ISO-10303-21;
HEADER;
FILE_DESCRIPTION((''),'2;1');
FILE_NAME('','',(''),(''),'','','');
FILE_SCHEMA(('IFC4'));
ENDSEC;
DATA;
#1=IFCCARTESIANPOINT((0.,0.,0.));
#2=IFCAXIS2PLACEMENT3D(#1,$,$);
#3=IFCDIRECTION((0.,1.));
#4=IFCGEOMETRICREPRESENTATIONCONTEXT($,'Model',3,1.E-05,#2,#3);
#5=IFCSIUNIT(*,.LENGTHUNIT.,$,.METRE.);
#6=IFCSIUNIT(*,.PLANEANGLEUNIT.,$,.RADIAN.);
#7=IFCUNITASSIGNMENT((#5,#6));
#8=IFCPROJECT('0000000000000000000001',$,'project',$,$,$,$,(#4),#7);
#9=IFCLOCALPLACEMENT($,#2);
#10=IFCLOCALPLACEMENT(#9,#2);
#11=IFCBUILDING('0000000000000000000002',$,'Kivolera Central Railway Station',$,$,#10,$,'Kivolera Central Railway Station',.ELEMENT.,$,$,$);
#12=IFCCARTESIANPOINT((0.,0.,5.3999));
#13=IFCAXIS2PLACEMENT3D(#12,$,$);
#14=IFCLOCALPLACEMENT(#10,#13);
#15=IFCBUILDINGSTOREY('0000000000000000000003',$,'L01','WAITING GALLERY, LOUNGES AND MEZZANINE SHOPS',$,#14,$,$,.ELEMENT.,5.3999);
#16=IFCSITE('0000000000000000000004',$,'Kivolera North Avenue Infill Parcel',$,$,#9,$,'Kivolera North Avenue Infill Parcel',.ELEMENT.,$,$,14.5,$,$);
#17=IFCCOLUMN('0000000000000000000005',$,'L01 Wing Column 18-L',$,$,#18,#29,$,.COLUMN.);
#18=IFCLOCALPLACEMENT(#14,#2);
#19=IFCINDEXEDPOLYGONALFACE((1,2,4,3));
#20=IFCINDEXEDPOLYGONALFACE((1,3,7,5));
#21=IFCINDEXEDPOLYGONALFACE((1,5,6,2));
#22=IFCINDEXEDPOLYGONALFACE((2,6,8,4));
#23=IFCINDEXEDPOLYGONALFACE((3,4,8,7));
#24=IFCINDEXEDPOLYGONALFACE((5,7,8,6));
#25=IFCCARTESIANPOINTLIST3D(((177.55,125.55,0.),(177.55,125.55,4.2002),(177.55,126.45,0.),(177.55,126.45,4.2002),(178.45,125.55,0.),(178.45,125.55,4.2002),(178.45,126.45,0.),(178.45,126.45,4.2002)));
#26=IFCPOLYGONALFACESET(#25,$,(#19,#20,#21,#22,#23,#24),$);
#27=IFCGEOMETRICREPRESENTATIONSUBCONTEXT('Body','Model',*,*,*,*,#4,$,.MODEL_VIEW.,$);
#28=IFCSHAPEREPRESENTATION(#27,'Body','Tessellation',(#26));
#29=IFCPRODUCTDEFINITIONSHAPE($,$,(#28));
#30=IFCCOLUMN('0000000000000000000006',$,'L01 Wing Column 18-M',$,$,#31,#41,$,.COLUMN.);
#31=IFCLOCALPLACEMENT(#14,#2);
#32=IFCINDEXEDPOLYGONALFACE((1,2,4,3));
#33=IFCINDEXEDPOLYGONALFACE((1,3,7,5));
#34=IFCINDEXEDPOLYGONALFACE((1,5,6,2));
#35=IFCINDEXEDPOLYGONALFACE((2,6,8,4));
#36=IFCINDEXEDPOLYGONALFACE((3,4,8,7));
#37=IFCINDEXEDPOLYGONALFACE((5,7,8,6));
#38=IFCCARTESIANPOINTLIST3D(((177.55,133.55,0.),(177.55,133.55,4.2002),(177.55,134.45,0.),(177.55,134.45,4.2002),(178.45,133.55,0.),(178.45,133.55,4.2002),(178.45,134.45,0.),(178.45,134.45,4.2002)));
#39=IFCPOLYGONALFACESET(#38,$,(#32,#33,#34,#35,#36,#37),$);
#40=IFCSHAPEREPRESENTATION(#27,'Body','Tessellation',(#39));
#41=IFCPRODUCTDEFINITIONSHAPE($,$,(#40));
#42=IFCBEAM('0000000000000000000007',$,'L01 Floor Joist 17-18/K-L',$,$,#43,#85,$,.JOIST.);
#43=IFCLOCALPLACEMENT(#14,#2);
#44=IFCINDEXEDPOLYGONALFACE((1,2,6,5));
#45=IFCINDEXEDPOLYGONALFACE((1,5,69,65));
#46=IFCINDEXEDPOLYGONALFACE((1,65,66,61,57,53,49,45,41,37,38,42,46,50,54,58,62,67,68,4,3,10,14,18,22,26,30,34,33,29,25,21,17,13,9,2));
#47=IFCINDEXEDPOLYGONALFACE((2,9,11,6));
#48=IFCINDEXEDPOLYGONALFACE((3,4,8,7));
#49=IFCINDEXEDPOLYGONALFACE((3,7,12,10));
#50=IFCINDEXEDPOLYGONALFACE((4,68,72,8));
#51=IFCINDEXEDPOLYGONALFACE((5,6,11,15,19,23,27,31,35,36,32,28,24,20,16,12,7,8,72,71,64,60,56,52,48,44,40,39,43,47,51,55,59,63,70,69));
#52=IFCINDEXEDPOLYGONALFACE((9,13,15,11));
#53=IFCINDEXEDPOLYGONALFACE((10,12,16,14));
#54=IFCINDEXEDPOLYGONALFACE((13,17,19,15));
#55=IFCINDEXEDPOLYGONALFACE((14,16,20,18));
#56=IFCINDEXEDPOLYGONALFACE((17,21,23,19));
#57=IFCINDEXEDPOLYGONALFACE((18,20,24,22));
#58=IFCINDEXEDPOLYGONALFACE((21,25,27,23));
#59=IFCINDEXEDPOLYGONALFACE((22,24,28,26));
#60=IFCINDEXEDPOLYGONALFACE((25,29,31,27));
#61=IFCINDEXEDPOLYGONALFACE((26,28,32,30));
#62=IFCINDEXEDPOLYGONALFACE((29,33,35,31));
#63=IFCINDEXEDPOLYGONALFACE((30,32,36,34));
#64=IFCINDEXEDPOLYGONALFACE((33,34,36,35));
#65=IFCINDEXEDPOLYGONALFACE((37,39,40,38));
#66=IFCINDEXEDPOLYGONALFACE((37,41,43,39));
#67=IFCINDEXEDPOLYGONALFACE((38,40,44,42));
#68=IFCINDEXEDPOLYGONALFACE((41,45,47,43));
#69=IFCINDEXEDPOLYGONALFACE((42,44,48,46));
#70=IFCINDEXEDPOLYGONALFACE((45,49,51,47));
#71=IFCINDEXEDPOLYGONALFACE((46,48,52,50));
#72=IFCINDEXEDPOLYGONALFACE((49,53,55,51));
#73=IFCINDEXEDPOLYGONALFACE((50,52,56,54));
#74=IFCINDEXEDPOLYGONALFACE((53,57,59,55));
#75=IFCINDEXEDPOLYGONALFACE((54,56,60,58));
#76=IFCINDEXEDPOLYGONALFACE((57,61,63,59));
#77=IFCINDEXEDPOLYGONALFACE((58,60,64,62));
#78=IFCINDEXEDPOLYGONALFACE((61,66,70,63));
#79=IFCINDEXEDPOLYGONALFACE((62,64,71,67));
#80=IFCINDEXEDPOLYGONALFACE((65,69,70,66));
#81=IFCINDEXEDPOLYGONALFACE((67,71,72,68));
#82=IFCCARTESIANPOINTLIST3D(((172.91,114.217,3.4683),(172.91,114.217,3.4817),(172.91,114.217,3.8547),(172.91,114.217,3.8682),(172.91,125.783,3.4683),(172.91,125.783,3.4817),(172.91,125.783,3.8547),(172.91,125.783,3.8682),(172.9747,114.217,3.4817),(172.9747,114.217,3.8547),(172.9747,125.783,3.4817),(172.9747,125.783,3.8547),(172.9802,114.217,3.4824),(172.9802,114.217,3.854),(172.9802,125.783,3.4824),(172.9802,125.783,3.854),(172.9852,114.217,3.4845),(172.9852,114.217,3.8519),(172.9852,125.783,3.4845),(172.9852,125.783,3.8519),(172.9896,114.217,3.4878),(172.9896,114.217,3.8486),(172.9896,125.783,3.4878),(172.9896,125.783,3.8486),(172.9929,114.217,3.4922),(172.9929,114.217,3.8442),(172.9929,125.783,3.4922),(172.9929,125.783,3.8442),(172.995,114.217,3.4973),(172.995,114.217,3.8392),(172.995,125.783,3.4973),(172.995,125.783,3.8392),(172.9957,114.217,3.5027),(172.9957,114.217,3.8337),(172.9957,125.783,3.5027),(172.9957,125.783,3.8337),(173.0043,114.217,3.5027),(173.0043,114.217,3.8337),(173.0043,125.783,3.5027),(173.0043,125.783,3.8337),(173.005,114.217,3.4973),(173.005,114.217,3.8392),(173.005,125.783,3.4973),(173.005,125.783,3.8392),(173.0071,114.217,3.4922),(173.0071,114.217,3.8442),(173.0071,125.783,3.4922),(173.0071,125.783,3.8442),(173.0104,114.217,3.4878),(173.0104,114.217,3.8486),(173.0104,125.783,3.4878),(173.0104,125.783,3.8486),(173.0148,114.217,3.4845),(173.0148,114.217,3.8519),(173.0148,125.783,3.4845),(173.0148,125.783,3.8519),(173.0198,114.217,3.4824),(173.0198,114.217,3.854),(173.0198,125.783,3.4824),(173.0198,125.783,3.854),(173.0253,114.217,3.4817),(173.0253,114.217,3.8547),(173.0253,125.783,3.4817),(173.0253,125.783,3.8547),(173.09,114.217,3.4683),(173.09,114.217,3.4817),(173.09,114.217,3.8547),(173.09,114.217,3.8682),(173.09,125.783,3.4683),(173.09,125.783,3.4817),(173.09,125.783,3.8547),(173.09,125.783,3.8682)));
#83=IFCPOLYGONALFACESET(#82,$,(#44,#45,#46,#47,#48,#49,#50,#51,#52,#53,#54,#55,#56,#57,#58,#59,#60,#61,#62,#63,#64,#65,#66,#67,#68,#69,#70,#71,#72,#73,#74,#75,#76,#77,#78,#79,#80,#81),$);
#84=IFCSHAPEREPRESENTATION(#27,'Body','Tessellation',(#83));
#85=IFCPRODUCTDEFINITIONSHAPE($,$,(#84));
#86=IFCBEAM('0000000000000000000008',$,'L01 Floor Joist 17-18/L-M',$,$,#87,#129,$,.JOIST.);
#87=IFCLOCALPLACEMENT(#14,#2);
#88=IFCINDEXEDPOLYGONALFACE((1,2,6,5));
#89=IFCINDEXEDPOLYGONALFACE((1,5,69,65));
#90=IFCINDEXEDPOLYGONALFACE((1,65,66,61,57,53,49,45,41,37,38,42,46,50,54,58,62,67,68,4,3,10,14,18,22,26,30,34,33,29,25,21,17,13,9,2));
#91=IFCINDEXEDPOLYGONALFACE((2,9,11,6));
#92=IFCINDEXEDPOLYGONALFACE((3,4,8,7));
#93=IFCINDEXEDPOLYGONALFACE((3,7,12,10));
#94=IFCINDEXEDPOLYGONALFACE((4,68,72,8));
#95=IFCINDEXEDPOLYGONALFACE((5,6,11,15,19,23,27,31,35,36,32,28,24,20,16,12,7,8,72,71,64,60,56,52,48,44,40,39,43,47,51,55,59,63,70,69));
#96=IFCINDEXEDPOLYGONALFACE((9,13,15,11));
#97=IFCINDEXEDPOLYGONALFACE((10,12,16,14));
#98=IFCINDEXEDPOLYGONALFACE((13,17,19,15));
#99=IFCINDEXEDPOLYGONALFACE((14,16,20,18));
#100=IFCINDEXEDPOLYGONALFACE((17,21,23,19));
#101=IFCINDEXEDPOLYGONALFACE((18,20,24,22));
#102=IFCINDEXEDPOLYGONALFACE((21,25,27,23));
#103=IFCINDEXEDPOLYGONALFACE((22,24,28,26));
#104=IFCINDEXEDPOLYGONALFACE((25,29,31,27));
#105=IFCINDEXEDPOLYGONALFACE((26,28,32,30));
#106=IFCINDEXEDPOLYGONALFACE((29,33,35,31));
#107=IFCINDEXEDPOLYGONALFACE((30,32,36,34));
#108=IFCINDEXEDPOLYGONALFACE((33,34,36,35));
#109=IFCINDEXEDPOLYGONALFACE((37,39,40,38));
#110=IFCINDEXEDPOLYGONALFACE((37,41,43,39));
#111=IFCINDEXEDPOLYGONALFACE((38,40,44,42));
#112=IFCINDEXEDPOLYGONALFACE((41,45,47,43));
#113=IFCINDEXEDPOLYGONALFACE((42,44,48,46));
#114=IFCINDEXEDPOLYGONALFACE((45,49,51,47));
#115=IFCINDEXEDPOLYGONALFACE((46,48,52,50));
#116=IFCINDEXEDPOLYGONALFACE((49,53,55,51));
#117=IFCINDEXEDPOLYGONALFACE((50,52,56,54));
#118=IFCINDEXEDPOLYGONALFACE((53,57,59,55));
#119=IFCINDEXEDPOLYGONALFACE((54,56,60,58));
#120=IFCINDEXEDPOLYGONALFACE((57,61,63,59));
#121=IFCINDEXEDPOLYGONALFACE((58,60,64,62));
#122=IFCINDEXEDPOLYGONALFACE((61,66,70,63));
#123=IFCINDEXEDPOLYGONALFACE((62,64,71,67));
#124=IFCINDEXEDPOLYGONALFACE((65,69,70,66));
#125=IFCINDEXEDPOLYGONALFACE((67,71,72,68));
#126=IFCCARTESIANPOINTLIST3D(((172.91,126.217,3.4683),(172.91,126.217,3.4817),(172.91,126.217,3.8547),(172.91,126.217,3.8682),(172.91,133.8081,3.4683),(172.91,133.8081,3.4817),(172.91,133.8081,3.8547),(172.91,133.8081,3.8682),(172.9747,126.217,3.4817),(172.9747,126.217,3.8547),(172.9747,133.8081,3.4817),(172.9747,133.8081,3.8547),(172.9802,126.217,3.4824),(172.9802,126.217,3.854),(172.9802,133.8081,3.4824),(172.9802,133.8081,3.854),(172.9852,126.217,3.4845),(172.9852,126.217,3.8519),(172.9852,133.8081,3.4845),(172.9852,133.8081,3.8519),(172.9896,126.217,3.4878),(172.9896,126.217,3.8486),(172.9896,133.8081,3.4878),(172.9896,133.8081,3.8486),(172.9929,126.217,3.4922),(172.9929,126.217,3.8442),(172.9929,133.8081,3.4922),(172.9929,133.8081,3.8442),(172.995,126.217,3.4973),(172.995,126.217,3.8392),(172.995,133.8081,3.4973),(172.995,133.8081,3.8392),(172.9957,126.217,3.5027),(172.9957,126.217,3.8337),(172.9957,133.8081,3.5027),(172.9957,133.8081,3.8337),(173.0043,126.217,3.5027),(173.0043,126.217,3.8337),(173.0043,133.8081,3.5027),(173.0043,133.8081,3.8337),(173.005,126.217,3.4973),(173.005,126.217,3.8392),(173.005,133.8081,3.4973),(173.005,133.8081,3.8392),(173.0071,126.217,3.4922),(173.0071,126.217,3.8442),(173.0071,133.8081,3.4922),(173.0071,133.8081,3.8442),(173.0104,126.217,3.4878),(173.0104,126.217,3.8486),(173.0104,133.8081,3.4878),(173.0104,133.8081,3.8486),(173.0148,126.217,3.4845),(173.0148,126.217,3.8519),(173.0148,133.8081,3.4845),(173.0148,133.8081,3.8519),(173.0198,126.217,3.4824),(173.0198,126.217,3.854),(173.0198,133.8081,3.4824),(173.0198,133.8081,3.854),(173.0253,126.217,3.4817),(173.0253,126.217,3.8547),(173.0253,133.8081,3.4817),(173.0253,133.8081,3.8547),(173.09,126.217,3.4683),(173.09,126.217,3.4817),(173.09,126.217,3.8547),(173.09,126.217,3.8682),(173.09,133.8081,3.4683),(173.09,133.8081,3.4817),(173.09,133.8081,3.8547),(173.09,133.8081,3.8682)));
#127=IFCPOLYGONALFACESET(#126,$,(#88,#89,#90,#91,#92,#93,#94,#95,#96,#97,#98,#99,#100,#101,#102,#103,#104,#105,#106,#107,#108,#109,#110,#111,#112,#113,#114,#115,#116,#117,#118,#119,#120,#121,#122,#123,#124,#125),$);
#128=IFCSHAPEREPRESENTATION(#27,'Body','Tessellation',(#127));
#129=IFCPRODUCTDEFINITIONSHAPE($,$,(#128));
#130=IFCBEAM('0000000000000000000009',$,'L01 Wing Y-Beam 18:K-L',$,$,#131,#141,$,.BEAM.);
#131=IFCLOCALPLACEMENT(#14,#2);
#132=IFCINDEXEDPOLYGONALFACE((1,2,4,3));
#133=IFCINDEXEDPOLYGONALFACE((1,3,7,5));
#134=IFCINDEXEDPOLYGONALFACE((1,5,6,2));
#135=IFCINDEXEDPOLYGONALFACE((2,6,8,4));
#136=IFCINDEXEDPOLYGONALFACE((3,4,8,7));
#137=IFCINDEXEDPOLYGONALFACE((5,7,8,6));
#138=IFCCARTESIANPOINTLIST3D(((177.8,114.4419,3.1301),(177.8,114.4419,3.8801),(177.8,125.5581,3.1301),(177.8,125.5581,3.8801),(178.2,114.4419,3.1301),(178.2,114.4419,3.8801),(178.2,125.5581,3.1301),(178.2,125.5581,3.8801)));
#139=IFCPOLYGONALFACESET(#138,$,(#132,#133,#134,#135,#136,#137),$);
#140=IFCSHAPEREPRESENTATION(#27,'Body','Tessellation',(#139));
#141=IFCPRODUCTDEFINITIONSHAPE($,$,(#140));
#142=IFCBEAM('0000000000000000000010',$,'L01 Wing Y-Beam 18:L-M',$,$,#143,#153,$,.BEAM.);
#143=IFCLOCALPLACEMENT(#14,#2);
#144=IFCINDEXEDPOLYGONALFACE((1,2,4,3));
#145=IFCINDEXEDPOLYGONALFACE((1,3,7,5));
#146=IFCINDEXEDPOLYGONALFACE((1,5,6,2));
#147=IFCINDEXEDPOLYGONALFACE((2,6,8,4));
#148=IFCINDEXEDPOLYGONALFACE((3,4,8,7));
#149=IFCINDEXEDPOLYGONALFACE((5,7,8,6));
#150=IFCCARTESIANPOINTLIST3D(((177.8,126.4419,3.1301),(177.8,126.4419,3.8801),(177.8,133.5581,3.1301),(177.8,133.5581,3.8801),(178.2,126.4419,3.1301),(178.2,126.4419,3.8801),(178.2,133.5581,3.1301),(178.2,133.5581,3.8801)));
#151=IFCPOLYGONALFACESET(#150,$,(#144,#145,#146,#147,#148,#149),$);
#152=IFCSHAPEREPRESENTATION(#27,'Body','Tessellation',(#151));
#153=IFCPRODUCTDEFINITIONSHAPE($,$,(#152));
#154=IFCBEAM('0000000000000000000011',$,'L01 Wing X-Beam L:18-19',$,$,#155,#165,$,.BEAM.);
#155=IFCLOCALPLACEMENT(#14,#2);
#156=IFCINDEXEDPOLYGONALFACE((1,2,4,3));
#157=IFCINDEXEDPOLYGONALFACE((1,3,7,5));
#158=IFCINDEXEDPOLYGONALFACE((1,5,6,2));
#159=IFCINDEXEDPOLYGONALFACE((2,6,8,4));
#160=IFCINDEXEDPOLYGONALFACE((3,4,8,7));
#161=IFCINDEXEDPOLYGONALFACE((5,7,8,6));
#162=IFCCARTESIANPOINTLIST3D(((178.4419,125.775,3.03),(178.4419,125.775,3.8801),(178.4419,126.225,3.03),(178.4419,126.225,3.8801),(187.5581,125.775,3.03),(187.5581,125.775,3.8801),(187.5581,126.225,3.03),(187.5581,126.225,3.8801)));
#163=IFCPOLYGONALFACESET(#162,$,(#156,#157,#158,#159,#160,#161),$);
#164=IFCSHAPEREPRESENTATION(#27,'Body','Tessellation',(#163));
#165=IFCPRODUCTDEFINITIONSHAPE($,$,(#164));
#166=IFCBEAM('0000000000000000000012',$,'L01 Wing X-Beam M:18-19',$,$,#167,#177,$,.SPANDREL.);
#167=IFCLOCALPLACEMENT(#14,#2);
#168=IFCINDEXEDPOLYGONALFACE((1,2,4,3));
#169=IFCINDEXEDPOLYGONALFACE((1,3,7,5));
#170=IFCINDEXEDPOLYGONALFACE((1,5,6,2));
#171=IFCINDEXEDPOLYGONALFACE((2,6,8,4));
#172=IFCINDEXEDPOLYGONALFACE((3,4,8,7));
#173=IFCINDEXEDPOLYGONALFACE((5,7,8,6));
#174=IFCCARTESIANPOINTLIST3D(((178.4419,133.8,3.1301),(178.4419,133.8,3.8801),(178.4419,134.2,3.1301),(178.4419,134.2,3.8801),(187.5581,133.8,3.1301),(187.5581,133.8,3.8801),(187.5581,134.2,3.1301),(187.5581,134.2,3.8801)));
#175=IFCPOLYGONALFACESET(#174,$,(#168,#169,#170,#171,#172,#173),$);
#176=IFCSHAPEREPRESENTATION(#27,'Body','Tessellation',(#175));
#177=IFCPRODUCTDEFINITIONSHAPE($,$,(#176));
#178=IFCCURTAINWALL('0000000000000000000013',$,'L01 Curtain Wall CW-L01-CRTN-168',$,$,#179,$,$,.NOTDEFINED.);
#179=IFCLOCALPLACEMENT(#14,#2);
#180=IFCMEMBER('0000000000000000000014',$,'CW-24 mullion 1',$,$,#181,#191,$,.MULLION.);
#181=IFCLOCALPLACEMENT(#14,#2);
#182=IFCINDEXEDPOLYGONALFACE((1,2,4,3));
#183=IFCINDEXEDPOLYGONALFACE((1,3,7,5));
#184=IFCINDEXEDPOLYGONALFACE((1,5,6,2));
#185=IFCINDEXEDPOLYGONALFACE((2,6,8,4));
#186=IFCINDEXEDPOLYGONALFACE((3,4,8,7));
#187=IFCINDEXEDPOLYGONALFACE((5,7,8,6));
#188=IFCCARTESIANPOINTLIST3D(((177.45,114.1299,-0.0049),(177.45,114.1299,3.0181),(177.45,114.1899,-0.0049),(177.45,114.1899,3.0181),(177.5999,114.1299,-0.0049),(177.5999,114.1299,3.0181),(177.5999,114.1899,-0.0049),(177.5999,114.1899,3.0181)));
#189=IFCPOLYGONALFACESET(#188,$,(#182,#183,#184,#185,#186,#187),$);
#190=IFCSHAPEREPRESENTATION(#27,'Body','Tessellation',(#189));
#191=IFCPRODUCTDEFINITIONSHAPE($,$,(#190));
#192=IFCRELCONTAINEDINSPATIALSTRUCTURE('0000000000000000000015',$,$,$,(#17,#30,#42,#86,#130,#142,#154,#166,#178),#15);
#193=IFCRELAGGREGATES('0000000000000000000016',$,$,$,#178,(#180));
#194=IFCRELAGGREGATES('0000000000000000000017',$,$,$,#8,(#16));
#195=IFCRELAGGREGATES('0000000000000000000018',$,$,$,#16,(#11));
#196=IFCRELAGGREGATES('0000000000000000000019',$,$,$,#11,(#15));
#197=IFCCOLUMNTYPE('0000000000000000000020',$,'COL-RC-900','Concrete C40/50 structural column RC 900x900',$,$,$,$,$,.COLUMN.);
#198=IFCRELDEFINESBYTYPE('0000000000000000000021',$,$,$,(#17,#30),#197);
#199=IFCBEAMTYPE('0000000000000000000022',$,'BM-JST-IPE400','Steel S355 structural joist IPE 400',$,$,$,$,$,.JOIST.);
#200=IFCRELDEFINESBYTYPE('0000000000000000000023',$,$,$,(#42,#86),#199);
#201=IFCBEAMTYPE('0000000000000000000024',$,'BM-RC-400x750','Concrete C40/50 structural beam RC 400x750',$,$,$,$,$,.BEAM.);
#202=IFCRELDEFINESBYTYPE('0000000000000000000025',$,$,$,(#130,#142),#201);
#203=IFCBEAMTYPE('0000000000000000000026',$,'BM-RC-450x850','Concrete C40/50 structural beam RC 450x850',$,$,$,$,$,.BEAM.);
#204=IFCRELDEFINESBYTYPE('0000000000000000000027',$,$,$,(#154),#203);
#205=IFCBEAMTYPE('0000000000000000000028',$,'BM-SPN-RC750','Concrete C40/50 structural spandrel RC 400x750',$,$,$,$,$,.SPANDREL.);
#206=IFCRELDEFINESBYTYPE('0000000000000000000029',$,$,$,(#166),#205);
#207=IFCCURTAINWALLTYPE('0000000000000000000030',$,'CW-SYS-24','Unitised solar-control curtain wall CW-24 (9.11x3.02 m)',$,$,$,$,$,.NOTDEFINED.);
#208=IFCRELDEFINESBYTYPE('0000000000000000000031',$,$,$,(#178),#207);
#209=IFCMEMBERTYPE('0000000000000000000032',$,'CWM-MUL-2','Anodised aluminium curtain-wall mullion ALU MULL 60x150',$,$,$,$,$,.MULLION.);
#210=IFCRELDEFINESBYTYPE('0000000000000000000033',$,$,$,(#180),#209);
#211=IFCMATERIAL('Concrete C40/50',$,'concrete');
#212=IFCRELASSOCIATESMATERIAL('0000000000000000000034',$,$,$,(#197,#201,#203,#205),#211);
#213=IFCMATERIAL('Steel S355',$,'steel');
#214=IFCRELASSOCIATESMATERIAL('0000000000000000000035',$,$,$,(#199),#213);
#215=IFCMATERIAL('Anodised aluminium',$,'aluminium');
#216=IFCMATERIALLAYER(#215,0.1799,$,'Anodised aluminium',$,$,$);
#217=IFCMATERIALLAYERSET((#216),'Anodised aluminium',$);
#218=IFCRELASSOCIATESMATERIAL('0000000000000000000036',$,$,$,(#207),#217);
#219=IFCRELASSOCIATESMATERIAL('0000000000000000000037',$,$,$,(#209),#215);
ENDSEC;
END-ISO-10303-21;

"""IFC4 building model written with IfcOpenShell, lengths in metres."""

from ifc_helpers import new_model, si_unit, direction, frame, origin, origin_2d, place, context, subcontext, project, spatial, rectangle, i_section, extrude, material, layer, layer_set, material_profile, profile_set, type_object, element, aggregate, save


model = new_model("IFC4")

# Units and contexts
model_context = context("Model", 3, precision=1e-05, world=origin(), true_north=direction((0.0, 1.0)))
body_context = subcontext(model_context, "Body", "Model", "MODEL_VIEW")
ifc_project = project(units=[si_unit("LENGTHUNIT", "METRE"), si_unit("PLANEANGLEUNIT", "RADIAN")], contexts=[model_context])

# Site, building, storey
site_placement = place(None, origin())
site = spatial("IfcSite", under=ifc_project, at=site_placement, Name="Kivolera North Avenue Infill Parcel", LongName="Kivolera North Avenue Infill Parcel", CompositionType="ELEMENT", RefElevation=14.5)
building_placement = place(site_placement, origin())
building = spatial("IfcBuilding", under=site, at=building_placement, Name="Kivolera Central Railway Station", LongName="Kivolera Central Railway Station", CompositionType="ELEMENT")
storey_placement = place(building_placement, frame((0.0, 0.0, 5.3999)))
storey = spatial("IfcBuildingStorey", under=building, at=storey_placement, Name="L01", Description="WAITING GALLERY, LOUNGES AND MEZZANINE SHOPS", CompositionType="ELEMENT", Elevation=5.3999)

# Columns
ifc_material_1 = material(Name="Concrete C40/50", Category="concrete")
ifc_material_profile_1 = material_profile(ifc_material_1, rectangle(XDim=0.8999, YDim=0.8999, at=origin_2d()), Name="RC 900x900")
ifc_profile_set_1 = profile_set([ifc_material_profile_1], Name="Concrete C40/50")
column_type = type_object("IfcColumnType", Name="COL-RC-900", Description="Concrete C40/50 structural column RC 900x900", PredefinedType="COLUMN", material=ifc_profile_set_1)
for number, where, z_axis, x_axis, name in (
    (1, (178.0, 126.0, 0.0), (0.0, 0.0, 1.0), (1.0, 0.0, 0.0), "L01 Wing Column 18-L"),
    (2, (178.0, 134.0, 0.0), (0.0, 0.0, 1.0), (1.0, 0.0, 0.0), "L01 Wing Column 18-M"),
):
    element("IfcColumn", number, at=place(storey_placement, frame(where, z_axis=z_axis, x_axis=x_axis)), inside=storey, type_object=column_type, Name=name, PredefinedType="COLUMN", context=body_context, shape_type="SweptSolid", body=[
        extrude(rectangle(XDim=0.8999, YDim=0.8999, at=origin_2d()), origin(), (0.0, 0.0, 1.0), 4.2002),
    ])

# Beams
ifc_material_2 = material(Name="Steel S355", Category="steel")
ifc_material_profile_2 = material_profile(ifc_material_2, i_section(OverallWidth=0.1799, OverallDepth=0.3999, WebThickness=0.0085, FlangeThickness=0.0134, FilletRadius=0.021, at=origin_2d()), Name="IPE 400")
ifc_profile_set_2 = profile_set([ifc_material_profile_2], Name="Steel S355")
beam_type_1 = type_object("IfcBeamType", Name="BM-JST-IPE400", Description="Steel S355 structural joist IPE 400", PredefinedType="JOIST", material=ifc_profile_set_2)
beam_1_placement = place(storey_placement, frame((173.0, 114.217, 3.6682), z_axis=(0.0, 1.0, 0.0), x_axis=(-1.0, 0.0, 0.0)))
element("IfcBeam", 3, at=beam_1_placement, inside=storey, type_object=beam_type_1, Name="L01 Floor Joist 17-18/K-L", PredefinedType="JOIST", context=body_context, shape_type="SweptSolid", body=[
    extrude(i_section(OverallWidth=0.1799, OverallDepth=0.3999, WebThickness=0.0085, FlangeThickness=0.0134, FilletRadius=0.021, at=origin_2d()), origin(), (0.0, 0.0, 1.0), 11.5659),
])
beam_2_placement = place(storey_placement, frame((173.0, 126.217, 3.6682), z_axis=(0.0, 1.0, 0.0), x_axis=(-1.0, 0.0, 0.0)))
element("IfcBeam", 4, at=beam_2_placement, inside=storey, type_object=beam_type_1, Name="L01 Floor Joist 17-18/L-M", PredefinedType="JOIST", context=body_context, shape_type="SweptSolid", body=[
    extrude(i_section(OverallWidth=0.1799, OverallDepth=0.3999, WebThickness=0.0085, FlangeThickness=0.0134, FilletRadius=0.021, at=origin_2d()), origin(), (0.0, 0.0, 1.0), 7.5911),
])
ifc_material_profile_3 = material_profile(ifc_material_1, rectangle(XDim=0.3999, YDim=0.75, at=origin_2d()), Name="RC 400x750")
ifc_profile_set_3 = profile_set([ifc_material_profile_3], Name="Concrete C40/50")
beam_type_2 = type_object("IfcBeamType", Name="BM-RC-400x750", Description="Concrete C40/50 structural beam RC 400x750", PredefinedType="BEAM", material=ifc_profile_set_3)
beam_3_placement = place(storey_placement, frame((178.0, 114.4419, 3.5051), z_axis=(0.0, 1.0, 0.0), x_axis=(-1.0, 0.0, 0.0)))
element("IfcBeam", 5, at=beam_3_placement, inside=storey, type_object=beam_type_2, Name="L01 Wing Y-Beam 18:K-L", PredefinedType="BEAM", context=body_context, shape_type="SweptSolid", body=[
    extrude(rectangle(XDim=0.3999, YDim=0.75, at=origin_2d()), origin(), (0.0, 0.0, 1.0), 11.1162),
])
beam_4_placement = place(storey_placement, frame((178.0, 126.4419, 3.5051), z_axis=(0.0, 1.0, 0.0), x_axis=(-1.0, 0.0, 0.0)))
element("IfcBeam", 6, at=beam_4_placement, inside=storey, type_object=beam_type_2, Name="L01 Wing Y-Beam 18:L-M", PredefinedType="BEAM", context=body_context, shape_type="SweptSolid", body=[
    extrude(rectangle(XDim=0.3999, YDim=0.75, at=origin_2d()), origin(), (0.0, 0.0, 1.0), 7.1162),
])
ifc_material_profile_4 = material_profile(ifc_material_1, rectangle(XDim=0.45, YDim=0.8501, at=origin_2d()), Name="RC 450x850")
ifc_profile_set_4 = profile_set([ifc_material_profile_4], Name="Concrete C40/50")
beam_type_3 = type_object("IfcBeamType", Name="BM-RC-450x850", Description="Concrete C40/50 structural beam RC 450x850", PredefinedType="BEAM", material=ifc_profile_set_4)
beam_5_placement = place(storey_placement, frame((178.4419, 126.0, 3.4551), z_axis=(1.0, 0.0, 0.0), x_axis=(0.0, 1.0, 0.0)))
element("IfcBeam", 7, at=beam_5_placement, inside=storey, type_object=beam_type_3, Name="L01 Wing X-Beam L:18-19", PredefinedType="BEAM", context=body_context, shape_type="SweptSolid", body=[
    extrude(rectangle(XDim=0.45, YDim=0.8501, at=origin_2d()), origin(), (0.0, 0.0, 1.0), 9.1162),
])
ifc_material_profile_5 = material_profile(ifc_material_1, rectangle(XDim=0.3999, YDim=0.75, at=origin_2d()), Name="RC 400x750")
ifc_profile_set_5 = profile_set([ifc_material_profile_5], Name="Concrete C40/50")
beam_type_4 = type_object("IfcBeamType", Name="BM-SPN-RC750", Description="Concrete C40/50 structural spandrel RC 400x750", PredefinedType="SPANDREL", material=ifc_profile_set_5)
beam_6_placement = place(storey_placement, frame((178.4419, 134.0, 3.5051), z_axis=(1.0, 0.0, 0.0), x_axis=(0.0, 1.0, 0.0)))
element("IfcBeam", 8, at=beam_6_placement, inside=storey, type_object=beam_type_4, Name="L01 Wing X-Beam M:18-19", PredefinedType="SPANDREL", context=body_context, shape_type="SweptSolid", body=[
    extrude(rectangle(XDim=0.3999, YDim=0.75, at=origin_2d()), origin(), (0.0, 0.0, 1.0), 9.1162),
])

# Curtain wall, member
ifc_material_3 = material(Name="Anodised aluminium", Category="aluminium")
ifc_layer_1 = layer(ifc_material_3, 0.1799, Name="Anodised aluminium")
ifc_layer_set_1 = layer_set([ifc_layer_1], Name="Anodised aluminium")
curtain_wall_type = type_object("IfcCurtainWallType", Name="CW-SYS-24", Description="Unitised solar-control curtain wall CW-24 (9.11x3.02 m)", PredefinedType="NOTDEFINED", material=ifc_layer_set_1)
curtain_wall_placement = place(storey_placement, origin())
curtain_wall = element("IfcCurtainWall", 9, at=curtain_wall_placement, inside=storey, type_object=curtain_wall_type, Name="L01 Curtain Wall CW-L01-CRTN-168", PredefinedType="NOTDEFINED")
ifc_material_profile_6 = material_profile(ifc_material_3, rectangle(XDim=0.0601, YDim=0.1499, at=origin_2d()), Name="ALU MULL 60x150")
ifc_profile_set_6 = profile_set([ifc_material_profile_6], Name="Anodised aluminium")
member_type_1 = type_object("IfcMemberType", Name="CWM-MUL-2", Description="Anodised aluminium curtain-wall mullion ALU MULL 60x150", PredefinedType="MULLION", material=ifc_profile_set_6)
member_1_placement = place(storey_placement, frame((177.5249, 114.1599, -0.0049), z_axis=(0.0, 0.0, 1.0), x_axis=(0.0, -1.0, 0.0)))
member_1 = element("IfcMember", 10, at=member_1_placement, type_object=member_type_1, Name="CW-24 mullion 1", PredefinedType="MULLION", context=body_context, shape_type="SweptSolid", body=[
    extrude(rectangle(XDim=0.0601, YDim=0.1499, at=origin_2d()), origin(), (0.0, 0.0, 1.0), 3.0229),
])
aggregate(curtain_wall, [member_1])

save(model, "model.ifc")
